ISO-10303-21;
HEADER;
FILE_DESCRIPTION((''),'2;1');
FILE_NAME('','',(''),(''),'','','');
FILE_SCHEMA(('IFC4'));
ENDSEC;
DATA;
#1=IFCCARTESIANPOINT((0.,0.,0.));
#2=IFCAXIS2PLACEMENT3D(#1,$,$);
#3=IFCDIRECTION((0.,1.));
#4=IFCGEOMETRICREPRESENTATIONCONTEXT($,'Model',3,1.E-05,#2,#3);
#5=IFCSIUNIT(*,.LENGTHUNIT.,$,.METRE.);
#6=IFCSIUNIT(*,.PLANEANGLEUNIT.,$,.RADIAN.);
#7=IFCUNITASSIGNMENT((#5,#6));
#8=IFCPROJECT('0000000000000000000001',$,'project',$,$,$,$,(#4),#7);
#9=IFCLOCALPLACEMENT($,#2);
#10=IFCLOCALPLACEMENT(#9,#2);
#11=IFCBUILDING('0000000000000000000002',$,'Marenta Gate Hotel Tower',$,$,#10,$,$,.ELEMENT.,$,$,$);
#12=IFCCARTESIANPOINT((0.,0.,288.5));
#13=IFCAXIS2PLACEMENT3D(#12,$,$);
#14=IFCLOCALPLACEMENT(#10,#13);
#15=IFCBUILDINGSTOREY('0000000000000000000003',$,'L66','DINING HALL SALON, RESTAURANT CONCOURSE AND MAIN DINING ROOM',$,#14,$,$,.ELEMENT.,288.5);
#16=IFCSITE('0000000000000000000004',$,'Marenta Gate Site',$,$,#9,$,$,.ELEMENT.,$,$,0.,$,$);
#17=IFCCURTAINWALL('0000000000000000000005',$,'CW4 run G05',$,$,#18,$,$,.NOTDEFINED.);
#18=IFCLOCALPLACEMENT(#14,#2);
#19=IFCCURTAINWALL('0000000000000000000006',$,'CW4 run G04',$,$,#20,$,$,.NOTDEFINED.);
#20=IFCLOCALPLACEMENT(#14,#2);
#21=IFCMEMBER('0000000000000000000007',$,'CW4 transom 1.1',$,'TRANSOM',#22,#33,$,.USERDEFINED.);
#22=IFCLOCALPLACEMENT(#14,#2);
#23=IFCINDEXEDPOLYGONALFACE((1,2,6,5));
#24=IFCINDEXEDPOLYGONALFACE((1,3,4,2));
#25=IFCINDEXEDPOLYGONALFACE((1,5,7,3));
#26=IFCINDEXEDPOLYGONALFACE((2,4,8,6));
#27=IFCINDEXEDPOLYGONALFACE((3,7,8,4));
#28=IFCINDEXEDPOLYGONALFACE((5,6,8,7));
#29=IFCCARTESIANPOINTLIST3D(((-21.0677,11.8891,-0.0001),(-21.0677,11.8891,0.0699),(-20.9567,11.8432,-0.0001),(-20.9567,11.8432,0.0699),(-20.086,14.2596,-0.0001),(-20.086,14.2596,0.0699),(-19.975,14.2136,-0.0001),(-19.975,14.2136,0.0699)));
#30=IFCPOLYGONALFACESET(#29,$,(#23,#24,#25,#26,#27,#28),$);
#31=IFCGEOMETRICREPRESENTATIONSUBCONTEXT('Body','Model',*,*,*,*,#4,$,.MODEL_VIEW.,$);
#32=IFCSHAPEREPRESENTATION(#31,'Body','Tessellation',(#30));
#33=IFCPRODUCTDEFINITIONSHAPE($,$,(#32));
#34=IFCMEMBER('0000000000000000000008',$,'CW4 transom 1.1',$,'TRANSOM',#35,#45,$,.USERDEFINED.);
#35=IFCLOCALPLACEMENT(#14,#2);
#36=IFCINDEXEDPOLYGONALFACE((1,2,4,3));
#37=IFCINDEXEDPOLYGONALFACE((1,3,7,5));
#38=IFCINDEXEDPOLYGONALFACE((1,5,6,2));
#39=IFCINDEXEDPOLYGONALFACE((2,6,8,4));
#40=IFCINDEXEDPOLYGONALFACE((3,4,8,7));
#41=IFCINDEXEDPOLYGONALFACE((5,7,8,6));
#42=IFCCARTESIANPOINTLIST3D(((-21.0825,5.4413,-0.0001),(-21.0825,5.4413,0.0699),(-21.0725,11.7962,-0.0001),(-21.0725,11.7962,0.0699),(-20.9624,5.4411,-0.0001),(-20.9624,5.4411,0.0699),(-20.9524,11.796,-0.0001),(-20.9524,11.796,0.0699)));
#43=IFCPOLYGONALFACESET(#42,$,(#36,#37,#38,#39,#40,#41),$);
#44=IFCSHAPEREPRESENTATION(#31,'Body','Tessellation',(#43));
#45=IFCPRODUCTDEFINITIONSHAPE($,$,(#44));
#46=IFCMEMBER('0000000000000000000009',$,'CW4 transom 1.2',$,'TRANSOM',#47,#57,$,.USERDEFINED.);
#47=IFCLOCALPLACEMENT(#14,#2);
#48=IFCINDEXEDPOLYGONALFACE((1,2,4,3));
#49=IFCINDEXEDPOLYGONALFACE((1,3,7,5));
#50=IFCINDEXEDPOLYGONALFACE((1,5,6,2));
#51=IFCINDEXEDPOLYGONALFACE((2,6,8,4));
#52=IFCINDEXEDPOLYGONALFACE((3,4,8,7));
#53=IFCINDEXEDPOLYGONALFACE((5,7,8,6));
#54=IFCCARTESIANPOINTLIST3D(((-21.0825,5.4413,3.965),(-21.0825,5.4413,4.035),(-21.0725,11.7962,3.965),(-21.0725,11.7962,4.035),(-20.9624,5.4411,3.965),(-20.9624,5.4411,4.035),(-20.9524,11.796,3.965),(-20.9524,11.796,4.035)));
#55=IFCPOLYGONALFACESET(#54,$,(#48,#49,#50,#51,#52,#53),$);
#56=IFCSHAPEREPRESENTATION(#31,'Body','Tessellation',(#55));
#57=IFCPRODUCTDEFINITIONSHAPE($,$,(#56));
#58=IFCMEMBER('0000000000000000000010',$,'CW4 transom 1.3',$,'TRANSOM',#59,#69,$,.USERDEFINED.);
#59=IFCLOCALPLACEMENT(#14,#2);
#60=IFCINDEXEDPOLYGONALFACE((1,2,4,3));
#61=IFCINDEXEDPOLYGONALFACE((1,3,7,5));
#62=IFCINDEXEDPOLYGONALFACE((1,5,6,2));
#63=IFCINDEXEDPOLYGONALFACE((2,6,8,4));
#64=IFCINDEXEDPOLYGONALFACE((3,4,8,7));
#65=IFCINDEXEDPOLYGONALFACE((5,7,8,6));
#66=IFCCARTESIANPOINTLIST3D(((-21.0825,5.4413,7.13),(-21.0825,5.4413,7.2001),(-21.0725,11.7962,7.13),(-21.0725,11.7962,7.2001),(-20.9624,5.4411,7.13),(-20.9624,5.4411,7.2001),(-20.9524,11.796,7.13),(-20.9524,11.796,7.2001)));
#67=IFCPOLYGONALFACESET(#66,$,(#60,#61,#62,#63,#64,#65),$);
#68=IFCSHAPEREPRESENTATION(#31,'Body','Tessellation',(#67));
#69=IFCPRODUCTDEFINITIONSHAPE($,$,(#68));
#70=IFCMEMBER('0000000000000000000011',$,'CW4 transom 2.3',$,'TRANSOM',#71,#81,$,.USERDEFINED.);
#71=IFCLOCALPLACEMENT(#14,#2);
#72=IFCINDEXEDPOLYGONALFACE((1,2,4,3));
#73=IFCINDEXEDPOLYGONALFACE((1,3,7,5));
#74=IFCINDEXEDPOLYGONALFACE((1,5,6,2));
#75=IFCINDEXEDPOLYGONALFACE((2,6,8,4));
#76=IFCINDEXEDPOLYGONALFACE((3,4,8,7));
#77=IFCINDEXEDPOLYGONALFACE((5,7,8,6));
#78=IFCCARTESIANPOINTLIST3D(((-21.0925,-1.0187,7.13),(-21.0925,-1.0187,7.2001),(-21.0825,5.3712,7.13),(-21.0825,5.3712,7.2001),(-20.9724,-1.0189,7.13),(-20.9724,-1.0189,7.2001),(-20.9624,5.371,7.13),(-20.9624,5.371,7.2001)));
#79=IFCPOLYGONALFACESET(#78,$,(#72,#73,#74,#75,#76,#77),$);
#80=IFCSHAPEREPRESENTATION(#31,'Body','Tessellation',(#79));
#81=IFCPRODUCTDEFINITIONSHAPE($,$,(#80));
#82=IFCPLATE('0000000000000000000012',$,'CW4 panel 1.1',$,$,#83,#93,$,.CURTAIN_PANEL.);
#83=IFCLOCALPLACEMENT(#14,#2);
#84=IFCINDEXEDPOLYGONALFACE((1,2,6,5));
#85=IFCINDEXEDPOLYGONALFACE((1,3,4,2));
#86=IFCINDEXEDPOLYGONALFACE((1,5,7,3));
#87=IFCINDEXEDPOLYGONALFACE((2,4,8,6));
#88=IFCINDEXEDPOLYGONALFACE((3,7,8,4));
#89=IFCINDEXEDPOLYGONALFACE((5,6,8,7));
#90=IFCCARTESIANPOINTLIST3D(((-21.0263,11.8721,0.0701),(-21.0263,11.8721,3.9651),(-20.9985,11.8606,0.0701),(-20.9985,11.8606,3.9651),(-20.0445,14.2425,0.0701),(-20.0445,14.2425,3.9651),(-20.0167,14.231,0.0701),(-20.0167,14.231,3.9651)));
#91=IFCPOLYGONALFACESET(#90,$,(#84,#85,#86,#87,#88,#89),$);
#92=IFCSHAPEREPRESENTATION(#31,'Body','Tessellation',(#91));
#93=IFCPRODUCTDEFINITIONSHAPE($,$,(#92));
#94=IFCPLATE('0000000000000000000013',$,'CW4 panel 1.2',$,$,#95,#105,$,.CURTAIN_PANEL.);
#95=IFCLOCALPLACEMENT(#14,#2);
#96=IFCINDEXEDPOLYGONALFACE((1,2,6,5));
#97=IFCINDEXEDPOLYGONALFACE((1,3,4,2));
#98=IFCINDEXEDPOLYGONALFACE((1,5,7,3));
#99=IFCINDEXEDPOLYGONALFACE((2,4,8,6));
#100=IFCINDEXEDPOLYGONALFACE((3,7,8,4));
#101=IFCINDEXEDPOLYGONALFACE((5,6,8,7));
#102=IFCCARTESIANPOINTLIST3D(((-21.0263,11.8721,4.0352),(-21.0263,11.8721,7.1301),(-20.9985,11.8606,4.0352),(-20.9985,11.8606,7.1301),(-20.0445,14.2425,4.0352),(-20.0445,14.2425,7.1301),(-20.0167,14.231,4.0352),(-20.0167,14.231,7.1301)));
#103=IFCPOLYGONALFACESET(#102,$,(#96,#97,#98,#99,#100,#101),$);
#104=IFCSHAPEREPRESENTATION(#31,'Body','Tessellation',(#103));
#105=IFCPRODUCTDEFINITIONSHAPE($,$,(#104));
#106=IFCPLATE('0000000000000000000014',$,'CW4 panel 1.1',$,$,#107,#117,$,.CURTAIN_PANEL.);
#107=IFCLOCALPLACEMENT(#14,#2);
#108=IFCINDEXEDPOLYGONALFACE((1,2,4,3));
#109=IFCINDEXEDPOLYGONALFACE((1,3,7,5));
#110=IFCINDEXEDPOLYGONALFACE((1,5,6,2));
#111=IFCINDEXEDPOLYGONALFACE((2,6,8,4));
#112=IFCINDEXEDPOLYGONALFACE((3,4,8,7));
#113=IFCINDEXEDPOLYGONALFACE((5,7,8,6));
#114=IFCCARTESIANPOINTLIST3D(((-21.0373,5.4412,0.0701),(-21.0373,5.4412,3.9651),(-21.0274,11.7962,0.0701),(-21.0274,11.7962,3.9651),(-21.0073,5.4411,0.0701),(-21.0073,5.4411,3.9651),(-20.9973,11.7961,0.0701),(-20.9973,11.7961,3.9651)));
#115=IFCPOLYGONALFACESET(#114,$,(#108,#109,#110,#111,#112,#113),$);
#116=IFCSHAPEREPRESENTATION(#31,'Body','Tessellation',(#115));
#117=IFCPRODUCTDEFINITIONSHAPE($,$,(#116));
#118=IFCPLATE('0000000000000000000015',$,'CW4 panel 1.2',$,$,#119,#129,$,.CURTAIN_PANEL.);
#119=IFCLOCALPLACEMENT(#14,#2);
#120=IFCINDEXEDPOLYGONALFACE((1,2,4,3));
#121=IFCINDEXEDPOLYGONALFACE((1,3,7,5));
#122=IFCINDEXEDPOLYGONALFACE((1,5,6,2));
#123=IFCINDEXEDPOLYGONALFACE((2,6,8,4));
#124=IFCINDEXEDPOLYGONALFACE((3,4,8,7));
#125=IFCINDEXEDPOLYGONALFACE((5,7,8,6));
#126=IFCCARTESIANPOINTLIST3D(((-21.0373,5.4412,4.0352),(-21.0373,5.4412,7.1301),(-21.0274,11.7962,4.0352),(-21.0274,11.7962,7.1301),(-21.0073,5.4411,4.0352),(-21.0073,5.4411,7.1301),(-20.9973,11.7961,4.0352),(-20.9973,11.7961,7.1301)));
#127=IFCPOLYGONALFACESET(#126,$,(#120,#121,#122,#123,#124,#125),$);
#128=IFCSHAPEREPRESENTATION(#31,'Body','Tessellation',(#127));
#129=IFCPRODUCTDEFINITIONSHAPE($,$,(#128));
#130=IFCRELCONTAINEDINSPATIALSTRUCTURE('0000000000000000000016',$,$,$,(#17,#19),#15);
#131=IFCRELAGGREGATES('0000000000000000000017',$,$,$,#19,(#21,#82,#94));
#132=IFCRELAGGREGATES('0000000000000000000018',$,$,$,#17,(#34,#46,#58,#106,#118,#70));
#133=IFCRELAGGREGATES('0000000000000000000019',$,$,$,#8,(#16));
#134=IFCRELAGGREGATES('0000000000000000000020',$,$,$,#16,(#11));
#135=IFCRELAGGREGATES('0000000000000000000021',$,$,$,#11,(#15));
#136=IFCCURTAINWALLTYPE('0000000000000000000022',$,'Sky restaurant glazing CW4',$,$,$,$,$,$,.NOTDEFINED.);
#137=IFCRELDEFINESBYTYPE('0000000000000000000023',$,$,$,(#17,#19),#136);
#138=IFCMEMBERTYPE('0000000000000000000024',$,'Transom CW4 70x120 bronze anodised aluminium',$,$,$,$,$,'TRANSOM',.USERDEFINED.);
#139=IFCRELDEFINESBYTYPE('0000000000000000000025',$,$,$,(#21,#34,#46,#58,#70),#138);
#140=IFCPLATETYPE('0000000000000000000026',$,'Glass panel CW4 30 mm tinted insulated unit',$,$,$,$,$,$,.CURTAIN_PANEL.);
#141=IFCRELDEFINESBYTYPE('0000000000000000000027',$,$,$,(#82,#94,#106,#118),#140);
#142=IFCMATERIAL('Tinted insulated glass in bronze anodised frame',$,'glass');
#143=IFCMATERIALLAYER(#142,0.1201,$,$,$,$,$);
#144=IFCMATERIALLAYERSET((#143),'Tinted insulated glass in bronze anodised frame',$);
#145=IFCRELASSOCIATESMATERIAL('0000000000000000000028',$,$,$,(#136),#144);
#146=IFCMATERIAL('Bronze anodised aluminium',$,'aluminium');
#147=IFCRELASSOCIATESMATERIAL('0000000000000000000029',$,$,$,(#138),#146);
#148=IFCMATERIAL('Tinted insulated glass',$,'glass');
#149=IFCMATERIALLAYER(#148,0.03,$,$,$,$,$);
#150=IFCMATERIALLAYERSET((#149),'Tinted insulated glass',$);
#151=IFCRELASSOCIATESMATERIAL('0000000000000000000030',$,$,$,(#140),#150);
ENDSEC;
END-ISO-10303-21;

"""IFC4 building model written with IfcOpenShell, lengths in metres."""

from ifc_helpers import new_model, si_unit, direction, frame, origin, origin_2d, place, context, subcontext, project, spatial, rectangle, extrude, material, layer, layer_set, material_profile, profile_set, type_object, element, aggregate, save


model = new_model("IFC4")

# Units and contexts
model_context = context("Model", 3, precision=1e-05, world=origin(), true_north=direction((0.0, 1.0)))
body_context = subcontext(model_context, "Body", "Model", "MODEL_VIEW")
ifc_project = project(units=[si_unit("LENGTHUNIT", "METRE"), si_unit("PLANEANGLEUNIT", "RADIAN")], contexts=[model_context])

# Site, building, storey
site_placement = place(None, origin())
site = spatial("IfcSite", under=ifc_project, at=site_placement, Name="Marenta Gate Site", CompositionType="ELEMENT", RefElevation=0.0)
building_placement = place(site_placement, origin())
building = spatial("IfcBuilding", under=site, at=building_placement, Name="Marenta Gate Hotel Tower", CompositionType="ELEMENT")
storey_placement = place(building_placement, frame((0.0, 0.0, 288.5)))
storey = spatial("IfcBuildingStorey", under=building, at=storey_placement, Name="L66", Description="DINING HALL SALON, RESTAURANT CONCOURSE AND MAIN DINING ROOM", CompositionType="ELEMENT", Elevation=288.5)

# Curtain wall
ifc_material_1 = material(Name="Tinted insulated glass in bronze anodised frame", Category="glass")
ifc_layer_1 = layer(ifc_material_1, 0.1201)
ifc_layer_set_1 = layer_set([ifc_layer_1], Name="Tinted insulated glass in bronze anodised frame")
curtain_wall_type = type_object("IfcCurtainWallType", Name="Sky restaurant glazing CW4", PredefinedType="NOTDEFINED", material=ifc_layer_set_1)
curtain_wall_1_placement = place(storey_placement, origin())
curtain_wall_1 = element("IfcCurtainWall", 1, at=curtain_wall_1_placement, inside=storey, type_object=curtain_wall_type, Name="CW4 run G05", PredefinedType="NOTDEFINED")

# Curtain wall, member
curtain_wall_2_placement = place(storey_placement, origin())
curtain_wall_2 = element("IfcCurtainWall", 2, at=curtain_wall_2_placement, inside=storey, type_object=curtain_wall_type, Name="CW4 run G04", PredefinedType="NOTDEFINED")
ifc_material_2 = material(Name="Bronze anodised aluminium", Category="aluminium")
ifc_material_profile_1 = material_profile(ifc_material_2, rectangle(XDim=0.1201, YDim=0.0701, at=origin_2d()), Name="Transom CW4 70x120 bronze anodised aluminium")
ifc_profile_set_1 = profile_set([ifc_material_profile_1], Name="Bronze anodised aluminium")
member_type_1 = type_object("IfcMemberType", Name="Transom CW4 70x120 bronze anodised aluminium", ElementType="TRANSOM", PredefinedType="USERDEFINED", material=ifc_profile_set_1)
member_1_placement = place(storey_placement, frame((-20.0305, 14.2366, 0.0349), z_axis=(-0.382635, -0.9239, 0.0), x_axis=(0.9239, -0.382635, 0.0)))
member_1 = element("IfcMember", 3, at=member_1_placement, type_object=member_type_1, Name="CW4 transom 1.1", ObjectType="TRANSOM", PredefinedType="USERDEFINED", context=body_context, shape_type="SweptSolid", body=[
    extrude(rectangle(XDim=0.1201, YDim=0.0701, at=origin_2d()), origin(), (0.0, 0.0, 1.0), 2.5657),
])

# Members
member_2_placement = place(storey_placement, frame((-21.0125, 11.7961, 0.0349), z_axis=(-0.001575, -0.999999, 0.0), x_axis=(0.999999, -0.001575, 0.0)))
member_2 = element("IfcMember", 4, at=member_2_placement, type_object=member_type_1, Name="CW4 transom 1.1", ObjectType="TRANSOM", PredefinedType="USERDEFINED", context=body_context, shape_type="SweptSolid", body=[
    extrude(rectangle(XDim=0.1201, YDim=0.0701, at=origin_2d()), origin(), (0.0, 0.0, 1.0), 6.355),
])
member_3_placement = place(storey_placement, frame((-21.0125, 11.7961, 4.0), z_axis=(-0.001575, -0.999999, 0.0), x_axis=(0.999999, -0.001575, 0.0)))
member_3 = element("IfcMember", 5, at=member_3_placement, type_object=member_type_1, Name="CW4 transom 1.2", ObjectType="TRANSOM", PredefinedType="USERDEFINED", context=body_context, shape_type="SweptSolid", body=[
    extrude(rectangle(XDim=0.1201, YDim=0.0701, at=origin_2d()), origin(), (0.0, 0.0, 1.0), 6.355),
])
member_4_placement = place(storey_placement, frame((-21.0125, 11.7961, 7.165), z_axis=(-0.001575, -0.999999, 0.0), x_axis=(0.999999, -0.001575, 0.0)))
member_4 = element("IfcMember", 6, at=member_4_placement, type_object=member_type_1, Name="CW4 transom 1.3", ObjectType="TRANSOM", PredefinedType="USERDEFINED", context=body_context, shape_type="SweptSolid", body=[
    extrude(rectangle(XDim=0.1201, YDim=0.0701, at=origin_2d()), origin(), (0.0, 0.0, 1.0), 6.355),
])
member_5_placement = place(storey_placement, frame((-21.0225, 5.3711, 7.165), z_axis=(-0.001566, -0.999999, 0.0), x_axis=(0.999999, -0.001566, 0.0)))
member_5 = element("IfcMember", 7, at=member_5_placement, type_object=member_type_1, Name="CW4 transom 2.3", ObjectType="TRANSOM", PredefinedType="USERDEFINED", context=body_context, shape_type="SweptSolid", body=[
    extrude(rectangle(XDim=0.1201, YDim=0.0701, at=origin_2d()), origin(), (0.0, 0.0, 1.0), 6.3899),
])

# Plates
ifc_material_3 = material(Name="Tinted insulated glass", Category="glass")
ifc_layer_2 = layer(ifc_material_3, 0.03)
ifc_layer_set_2 = layer_set([ifc_layer_2], Name="Tinted insulated glass")
plate_type = type_object("IfcPlateType", Name="Glass panel CW4 30 mm tinted insulated unit", PredefinedType="CURTAIN_PANEL", material=ifc_layer_set_2)
plate_1_placement = place(storey_placement, frame((-20.5215, 13.0515, 0.0701), z_axis=(0.0, 0.0, 1.0), x_axis=(-0.382667, -0.923886, 0.0)))
plate_1 = element("IfcPlate", 8, at=plate_1_placement, type_object=plate_type, Name="CW4 panel 1.1", PredefinedType="CURTAIN_PANEL", context=body_context, shape_type="SweptSolid", body=[
    extrude(rectangle(XDim=2.5657, YDim=0.03, at=origin_2d()), origin(), (0.0, 0.0, 1.0), 3.895),
])
plate_2_placement = place(storey_placement, frame((-20.5215, 13.0515, 4.0352), z_axis=(0.0, 0.0, 1.0), x_axis=(-0.382667, -0.923886, 0.0)))
plate_2 = element("IfcPlate", 9, at=plate_2_placement, type_object=plate_type, Name="CW4 panel 1.2", PredefinedType="CURTAIN_PANEL", context=body_context, shape_type="SweptSolid", body=[
    extrude(rectangle(XDim=2.5657, YDim=0.03, at=origin_2d()), origin(), (0.0, 0.0, 1.0), 3.095),
])
aggregate(curtain_wall_2, [member_1, plate_1, plate_2])
plate_3_placement = place(storey_placement, frame((-21.0173, 8.6187, 0.0701), z_axis=(0.0, 0.0, 1.0), x_axis=(-0.001566, -0.999999, 0.0)))
plate_3 = element("IfcPlate", 10, at=plate_3_placement, type_object=plate_type, Name="CW4 panel 1.1", PredefinedType="CURTAIN_PANEL", context=body_context, shape_type="SweptSolid", body=[
    extrude(rectangle(XDim=6.355, YDim=0.03, at=origin_2d()), origin(), (0.0, 0.0, 1.0), 3.895),
])
plate_4_placement = place(storey_placement, frame((-21.0173, 8.6187, 4.0352), z_axis=(0.0, 0.0, 1.0), x_axis=(-0.001566, -0.999999, 0.0)))
plate_4 = element("IfcPlate", 11, at=plate_4_placement, type_object=plate_type, Name="CW4 panel 1.2", PredefinedType="CURTAIN_PANEL", context=body_context, shape_type="SweptSolid", body=[
    extrude(rectangle(XDim=6.355, YDim=0.03, at=origin_2d()), origin(), (0.0, 0.0, 1.0), 3.095),
])
aggregate(curtain_wall_1, [member_2, member_3, member_4, plate_3, plate_4, member_5])

save(model, "model.ifc")
